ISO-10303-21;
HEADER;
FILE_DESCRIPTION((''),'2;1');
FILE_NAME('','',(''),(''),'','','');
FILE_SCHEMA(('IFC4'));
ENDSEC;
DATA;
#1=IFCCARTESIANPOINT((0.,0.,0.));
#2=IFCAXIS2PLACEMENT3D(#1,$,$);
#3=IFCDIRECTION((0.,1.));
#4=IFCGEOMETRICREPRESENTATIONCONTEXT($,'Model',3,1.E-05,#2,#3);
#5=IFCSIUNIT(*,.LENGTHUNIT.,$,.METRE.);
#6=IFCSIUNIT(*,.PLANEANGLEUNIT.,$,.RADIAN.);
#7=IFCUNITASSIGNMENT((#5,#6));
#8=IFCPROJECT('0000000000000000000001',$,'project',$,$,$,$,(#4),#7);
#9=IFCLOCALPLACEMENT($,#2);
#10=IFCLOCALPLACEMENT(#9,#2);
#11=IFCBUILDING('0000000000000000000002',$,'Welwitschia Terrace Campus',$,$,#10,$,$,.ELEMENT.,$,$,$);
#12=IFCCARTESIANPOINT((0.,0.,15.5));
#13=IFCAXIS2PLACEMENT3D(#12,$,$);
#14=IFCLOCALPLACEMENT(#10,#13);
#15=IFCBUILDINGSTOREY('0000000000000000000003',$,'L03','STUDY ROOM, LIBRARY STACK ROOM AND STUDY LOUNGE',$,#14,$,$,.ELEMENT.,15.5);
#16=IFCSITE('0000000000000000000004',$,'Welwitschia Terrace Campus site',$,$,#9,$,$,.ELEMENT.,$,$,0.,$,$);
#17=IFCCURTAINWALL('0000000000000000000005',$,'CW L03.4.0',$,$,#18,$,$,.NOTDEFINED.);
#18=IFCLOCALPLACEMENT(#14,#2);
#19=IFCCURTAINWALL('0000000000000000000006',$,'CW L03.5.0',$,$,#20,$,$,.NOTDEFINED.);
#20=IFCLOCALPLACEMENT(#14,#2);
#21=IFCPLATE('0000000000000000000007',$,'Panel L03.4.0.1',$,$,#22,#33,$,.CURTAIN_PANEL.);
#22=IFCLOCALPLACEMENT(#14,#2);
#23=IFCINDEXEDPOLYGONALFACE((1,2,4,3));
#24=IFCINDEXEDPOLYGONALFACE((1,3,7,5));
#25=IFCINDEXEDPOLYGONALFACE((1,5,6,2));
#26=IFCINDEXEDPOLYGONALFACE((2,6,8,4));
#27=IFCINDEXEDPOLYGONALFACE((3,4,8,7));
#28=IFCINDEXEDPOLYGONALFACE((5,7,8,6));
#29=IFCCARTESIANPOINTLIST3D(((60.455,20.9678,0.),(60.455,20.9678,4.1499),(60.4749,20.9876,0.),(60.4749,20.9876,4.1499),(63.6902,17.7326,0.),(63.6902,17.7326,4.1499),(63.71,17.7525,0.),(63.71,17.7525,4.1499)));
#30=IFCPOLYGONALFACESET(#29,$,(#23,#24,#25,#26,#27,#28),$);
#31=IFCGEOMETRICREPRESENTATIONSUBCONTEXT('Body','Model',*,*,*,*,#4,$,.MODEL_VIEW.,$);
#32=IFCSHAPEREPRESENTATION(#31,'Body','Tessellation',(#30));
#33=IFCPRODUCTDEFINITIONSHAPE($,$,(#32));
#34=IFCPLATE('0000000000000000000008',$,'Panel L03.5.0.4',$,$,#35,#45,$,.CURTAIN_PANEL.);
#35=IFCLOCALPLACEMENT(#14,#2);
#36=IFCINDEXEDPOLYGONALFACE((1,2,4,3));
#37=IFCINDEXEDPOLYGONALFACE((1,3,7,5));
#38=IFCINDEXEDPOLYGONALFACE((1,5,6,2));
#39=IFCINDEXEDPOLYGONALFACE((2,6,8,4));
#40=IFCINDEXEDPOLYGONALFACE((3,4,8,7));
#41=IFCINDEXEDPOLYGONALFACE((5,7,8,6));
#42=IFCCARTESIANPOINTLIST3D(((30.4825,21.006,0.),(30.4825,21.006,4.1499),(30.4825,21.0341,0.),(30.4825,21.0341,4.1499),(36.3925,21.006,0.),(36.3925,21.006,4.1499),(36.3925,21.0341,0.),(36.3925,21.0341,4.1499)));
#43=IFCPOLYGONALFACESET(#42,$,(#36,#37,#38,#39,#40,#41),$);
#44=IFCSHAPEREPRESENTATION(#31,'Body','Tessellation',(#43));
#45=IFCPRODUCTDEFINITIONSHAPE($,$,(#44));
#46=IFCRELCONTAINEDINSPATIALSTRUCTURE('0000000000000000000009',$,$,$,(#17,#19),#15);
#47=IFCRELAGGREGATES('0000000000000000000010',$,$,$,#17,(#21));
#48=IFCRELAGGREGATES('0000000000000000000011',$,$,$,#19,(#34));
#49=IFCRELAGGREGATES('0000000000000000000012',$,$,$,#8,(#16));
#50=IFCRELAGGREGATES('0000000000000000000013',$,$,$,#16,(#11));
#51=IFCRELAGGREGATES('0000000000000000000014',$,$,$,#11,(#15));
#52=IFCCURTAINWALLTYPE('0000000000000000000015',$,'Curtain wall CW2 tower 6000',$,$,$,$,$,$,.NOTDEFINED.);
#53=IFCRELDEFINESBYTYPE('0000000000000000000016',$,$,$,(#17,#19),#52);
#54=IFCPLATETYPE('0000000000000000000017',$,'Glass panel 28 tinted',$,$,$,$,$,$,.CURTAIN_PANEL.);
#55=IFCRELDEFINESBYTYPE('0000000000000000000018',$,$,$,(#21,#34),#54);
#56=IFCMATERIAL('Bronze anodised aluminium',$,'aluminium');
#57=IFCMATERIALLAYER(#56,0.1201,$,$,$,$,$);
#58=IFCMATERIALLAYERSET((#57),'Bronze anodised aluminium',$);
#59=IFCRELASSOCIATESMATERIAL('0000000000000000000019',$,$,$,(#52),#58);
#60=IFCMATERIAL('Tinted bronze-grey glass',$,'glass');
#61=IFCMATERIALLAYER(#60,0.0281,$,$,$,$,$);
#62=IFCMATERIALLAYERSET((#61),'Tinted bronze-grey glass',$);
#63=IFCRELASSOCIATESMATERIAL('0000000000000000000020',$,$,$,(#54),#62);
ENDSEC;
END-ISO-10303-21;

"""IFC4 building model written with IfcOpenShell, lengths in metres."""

from ifc_helpers import new_model, si_unit, direction, frame, origin, origin_2d, place, context, subcontext, project, spatial, rectangle, extrude, material, layer, layer_set, type_object, element, aggregate, save


model = new_model("IFC4")

# Units and contexts
model_context = context("Model", 3, precision=1e-05, world=origin(), true_north=direction((0.0, 1.0)))
body_context = subcontext(model_context, "Body", "Model", "MODEL_VIEW")
ifc_project = project(units=[si_unit("LENGTHUNIT", "METRE"), si_unit("PLANEANGLEUNIT", "RADIAN")], contexts=[model_context])

# Site, building, storey
site_placement = place(None, origin())
site = spatial("IfcSite", under=ifc_project, at=site_placement, Name="Welwitschia Terrace Campus site", CompositionType="ELEMENT", RefElevation=0.0)
building_placement = place(site_placement, origin())
building = spatial("IfcBuilding", under=site, at=building_placement, Name="Welwitschia Terrace Campus", CompositionType="ELEMENT")
storey_placement = place(building_placement, frame((0.0, 0.0, 15.5)))
storey = spatial("IfcBuildingStorey", under=building, at=storey_placement, Name="L03", Description="STUDY ROOM, LIBRARY STACK ROOM AND STUDY LOUNGE", CompositionType="ELEMENT", Elevation=15.5)

# Curtain wall
ifc_material_1 = material(Name="Bronze anodised aluminium", Category="aluminium")
ifc_layer_1 = layer(ifc_material_1, 0.1201)
ifc_layer_set_1 = layer_set([ifc_layer_1], Name="Bronze anodised aluminium")
curtain_wall_type = type_object("IfcCurtainWallType", Name="Curtain wall CW2 tower 6000", PredefinedType="NOTDEFINED", material=ifc_layer_set_1)
curtain_wall_1_placement = place(storey_placement, origin())
curtain_wall_1 = element("IfcCurtainWall", 1, at=curtain_wall_1_placement, inside=storey, type_object=curtain_wall_type, Name="CW L03.4.0", PredefinedType="NOTDEFINED")

# Curtain wall
curtain_wall_2_placement = place(storey_placement, origin())
curtain_wall_2 = element("IfcCurtainWall", 2, at=curtain_wall_2_placement, inside=storey, type_object=curtain_wall_type, Name="CW L03.5.0", PredefinedType="NOTDEFINED")

# Plates
ifc_material_2 = material(Name="Tinted bronze-grey glass", Category="glass")
ifc_layer_2 = layer(ifc_material_2, 0.0281)
ifc_layer_set_2 = layer_set([ifc_layer_2], Name="Tinted bronze-grey glass")
plate_type = type_object("IfcPlateType", Name="Glass panel 28 tinted", PredefinedType="CURTAIN_PANEL", material=ifc_layer_set_2)
plate_1_placement = place(storey_placement, frame((62.0825, 19.3601, 0.0), z_axis=(0.0, 0.0, 1.0), x_axis=(-0.707107, 0.707107, 0.0)))
plate_1 = element("IfcPlate", 3, at=plate_1_placement, type_object=plate_type, Name="Panel L03.4.0.1", PredefinedType="CURTAIN_PANEL", context=body_context, shape_type="SweptSolid", body=[
    extrude(rectangle(XDim=4.5752, YDim=0.0281, at=origin_2d()), origin(), (0.0, 0.0, 1.0), 4.1499),
])
aggregate(curtain_wall_1, [plate_1])
plate_2_placement = place(storey_placement, frame((33.4375, 21.02, 0.0), z_axis=(0.0, 0.0, 1.0), x_axis=(-1.0, 0.0, 0.0)))
plate_2 = element("IfcPlate", 4, at=plate_2_placement, type_object=plate_type, Name="Panel L03.5.0.4", PredefinedType="CURTAIN_PANEL", context=body_context, shape_type="SweptSolid", body=[
    extrude(rectangle(XDim=5.9099, YDim=0.0281, at=origin_2d()), origin(), (0.0, 0.0, 1.0), 4.1499),
])
aggregate(curtain_wall_2, [plate_2])

save(model, "model.ifc")
